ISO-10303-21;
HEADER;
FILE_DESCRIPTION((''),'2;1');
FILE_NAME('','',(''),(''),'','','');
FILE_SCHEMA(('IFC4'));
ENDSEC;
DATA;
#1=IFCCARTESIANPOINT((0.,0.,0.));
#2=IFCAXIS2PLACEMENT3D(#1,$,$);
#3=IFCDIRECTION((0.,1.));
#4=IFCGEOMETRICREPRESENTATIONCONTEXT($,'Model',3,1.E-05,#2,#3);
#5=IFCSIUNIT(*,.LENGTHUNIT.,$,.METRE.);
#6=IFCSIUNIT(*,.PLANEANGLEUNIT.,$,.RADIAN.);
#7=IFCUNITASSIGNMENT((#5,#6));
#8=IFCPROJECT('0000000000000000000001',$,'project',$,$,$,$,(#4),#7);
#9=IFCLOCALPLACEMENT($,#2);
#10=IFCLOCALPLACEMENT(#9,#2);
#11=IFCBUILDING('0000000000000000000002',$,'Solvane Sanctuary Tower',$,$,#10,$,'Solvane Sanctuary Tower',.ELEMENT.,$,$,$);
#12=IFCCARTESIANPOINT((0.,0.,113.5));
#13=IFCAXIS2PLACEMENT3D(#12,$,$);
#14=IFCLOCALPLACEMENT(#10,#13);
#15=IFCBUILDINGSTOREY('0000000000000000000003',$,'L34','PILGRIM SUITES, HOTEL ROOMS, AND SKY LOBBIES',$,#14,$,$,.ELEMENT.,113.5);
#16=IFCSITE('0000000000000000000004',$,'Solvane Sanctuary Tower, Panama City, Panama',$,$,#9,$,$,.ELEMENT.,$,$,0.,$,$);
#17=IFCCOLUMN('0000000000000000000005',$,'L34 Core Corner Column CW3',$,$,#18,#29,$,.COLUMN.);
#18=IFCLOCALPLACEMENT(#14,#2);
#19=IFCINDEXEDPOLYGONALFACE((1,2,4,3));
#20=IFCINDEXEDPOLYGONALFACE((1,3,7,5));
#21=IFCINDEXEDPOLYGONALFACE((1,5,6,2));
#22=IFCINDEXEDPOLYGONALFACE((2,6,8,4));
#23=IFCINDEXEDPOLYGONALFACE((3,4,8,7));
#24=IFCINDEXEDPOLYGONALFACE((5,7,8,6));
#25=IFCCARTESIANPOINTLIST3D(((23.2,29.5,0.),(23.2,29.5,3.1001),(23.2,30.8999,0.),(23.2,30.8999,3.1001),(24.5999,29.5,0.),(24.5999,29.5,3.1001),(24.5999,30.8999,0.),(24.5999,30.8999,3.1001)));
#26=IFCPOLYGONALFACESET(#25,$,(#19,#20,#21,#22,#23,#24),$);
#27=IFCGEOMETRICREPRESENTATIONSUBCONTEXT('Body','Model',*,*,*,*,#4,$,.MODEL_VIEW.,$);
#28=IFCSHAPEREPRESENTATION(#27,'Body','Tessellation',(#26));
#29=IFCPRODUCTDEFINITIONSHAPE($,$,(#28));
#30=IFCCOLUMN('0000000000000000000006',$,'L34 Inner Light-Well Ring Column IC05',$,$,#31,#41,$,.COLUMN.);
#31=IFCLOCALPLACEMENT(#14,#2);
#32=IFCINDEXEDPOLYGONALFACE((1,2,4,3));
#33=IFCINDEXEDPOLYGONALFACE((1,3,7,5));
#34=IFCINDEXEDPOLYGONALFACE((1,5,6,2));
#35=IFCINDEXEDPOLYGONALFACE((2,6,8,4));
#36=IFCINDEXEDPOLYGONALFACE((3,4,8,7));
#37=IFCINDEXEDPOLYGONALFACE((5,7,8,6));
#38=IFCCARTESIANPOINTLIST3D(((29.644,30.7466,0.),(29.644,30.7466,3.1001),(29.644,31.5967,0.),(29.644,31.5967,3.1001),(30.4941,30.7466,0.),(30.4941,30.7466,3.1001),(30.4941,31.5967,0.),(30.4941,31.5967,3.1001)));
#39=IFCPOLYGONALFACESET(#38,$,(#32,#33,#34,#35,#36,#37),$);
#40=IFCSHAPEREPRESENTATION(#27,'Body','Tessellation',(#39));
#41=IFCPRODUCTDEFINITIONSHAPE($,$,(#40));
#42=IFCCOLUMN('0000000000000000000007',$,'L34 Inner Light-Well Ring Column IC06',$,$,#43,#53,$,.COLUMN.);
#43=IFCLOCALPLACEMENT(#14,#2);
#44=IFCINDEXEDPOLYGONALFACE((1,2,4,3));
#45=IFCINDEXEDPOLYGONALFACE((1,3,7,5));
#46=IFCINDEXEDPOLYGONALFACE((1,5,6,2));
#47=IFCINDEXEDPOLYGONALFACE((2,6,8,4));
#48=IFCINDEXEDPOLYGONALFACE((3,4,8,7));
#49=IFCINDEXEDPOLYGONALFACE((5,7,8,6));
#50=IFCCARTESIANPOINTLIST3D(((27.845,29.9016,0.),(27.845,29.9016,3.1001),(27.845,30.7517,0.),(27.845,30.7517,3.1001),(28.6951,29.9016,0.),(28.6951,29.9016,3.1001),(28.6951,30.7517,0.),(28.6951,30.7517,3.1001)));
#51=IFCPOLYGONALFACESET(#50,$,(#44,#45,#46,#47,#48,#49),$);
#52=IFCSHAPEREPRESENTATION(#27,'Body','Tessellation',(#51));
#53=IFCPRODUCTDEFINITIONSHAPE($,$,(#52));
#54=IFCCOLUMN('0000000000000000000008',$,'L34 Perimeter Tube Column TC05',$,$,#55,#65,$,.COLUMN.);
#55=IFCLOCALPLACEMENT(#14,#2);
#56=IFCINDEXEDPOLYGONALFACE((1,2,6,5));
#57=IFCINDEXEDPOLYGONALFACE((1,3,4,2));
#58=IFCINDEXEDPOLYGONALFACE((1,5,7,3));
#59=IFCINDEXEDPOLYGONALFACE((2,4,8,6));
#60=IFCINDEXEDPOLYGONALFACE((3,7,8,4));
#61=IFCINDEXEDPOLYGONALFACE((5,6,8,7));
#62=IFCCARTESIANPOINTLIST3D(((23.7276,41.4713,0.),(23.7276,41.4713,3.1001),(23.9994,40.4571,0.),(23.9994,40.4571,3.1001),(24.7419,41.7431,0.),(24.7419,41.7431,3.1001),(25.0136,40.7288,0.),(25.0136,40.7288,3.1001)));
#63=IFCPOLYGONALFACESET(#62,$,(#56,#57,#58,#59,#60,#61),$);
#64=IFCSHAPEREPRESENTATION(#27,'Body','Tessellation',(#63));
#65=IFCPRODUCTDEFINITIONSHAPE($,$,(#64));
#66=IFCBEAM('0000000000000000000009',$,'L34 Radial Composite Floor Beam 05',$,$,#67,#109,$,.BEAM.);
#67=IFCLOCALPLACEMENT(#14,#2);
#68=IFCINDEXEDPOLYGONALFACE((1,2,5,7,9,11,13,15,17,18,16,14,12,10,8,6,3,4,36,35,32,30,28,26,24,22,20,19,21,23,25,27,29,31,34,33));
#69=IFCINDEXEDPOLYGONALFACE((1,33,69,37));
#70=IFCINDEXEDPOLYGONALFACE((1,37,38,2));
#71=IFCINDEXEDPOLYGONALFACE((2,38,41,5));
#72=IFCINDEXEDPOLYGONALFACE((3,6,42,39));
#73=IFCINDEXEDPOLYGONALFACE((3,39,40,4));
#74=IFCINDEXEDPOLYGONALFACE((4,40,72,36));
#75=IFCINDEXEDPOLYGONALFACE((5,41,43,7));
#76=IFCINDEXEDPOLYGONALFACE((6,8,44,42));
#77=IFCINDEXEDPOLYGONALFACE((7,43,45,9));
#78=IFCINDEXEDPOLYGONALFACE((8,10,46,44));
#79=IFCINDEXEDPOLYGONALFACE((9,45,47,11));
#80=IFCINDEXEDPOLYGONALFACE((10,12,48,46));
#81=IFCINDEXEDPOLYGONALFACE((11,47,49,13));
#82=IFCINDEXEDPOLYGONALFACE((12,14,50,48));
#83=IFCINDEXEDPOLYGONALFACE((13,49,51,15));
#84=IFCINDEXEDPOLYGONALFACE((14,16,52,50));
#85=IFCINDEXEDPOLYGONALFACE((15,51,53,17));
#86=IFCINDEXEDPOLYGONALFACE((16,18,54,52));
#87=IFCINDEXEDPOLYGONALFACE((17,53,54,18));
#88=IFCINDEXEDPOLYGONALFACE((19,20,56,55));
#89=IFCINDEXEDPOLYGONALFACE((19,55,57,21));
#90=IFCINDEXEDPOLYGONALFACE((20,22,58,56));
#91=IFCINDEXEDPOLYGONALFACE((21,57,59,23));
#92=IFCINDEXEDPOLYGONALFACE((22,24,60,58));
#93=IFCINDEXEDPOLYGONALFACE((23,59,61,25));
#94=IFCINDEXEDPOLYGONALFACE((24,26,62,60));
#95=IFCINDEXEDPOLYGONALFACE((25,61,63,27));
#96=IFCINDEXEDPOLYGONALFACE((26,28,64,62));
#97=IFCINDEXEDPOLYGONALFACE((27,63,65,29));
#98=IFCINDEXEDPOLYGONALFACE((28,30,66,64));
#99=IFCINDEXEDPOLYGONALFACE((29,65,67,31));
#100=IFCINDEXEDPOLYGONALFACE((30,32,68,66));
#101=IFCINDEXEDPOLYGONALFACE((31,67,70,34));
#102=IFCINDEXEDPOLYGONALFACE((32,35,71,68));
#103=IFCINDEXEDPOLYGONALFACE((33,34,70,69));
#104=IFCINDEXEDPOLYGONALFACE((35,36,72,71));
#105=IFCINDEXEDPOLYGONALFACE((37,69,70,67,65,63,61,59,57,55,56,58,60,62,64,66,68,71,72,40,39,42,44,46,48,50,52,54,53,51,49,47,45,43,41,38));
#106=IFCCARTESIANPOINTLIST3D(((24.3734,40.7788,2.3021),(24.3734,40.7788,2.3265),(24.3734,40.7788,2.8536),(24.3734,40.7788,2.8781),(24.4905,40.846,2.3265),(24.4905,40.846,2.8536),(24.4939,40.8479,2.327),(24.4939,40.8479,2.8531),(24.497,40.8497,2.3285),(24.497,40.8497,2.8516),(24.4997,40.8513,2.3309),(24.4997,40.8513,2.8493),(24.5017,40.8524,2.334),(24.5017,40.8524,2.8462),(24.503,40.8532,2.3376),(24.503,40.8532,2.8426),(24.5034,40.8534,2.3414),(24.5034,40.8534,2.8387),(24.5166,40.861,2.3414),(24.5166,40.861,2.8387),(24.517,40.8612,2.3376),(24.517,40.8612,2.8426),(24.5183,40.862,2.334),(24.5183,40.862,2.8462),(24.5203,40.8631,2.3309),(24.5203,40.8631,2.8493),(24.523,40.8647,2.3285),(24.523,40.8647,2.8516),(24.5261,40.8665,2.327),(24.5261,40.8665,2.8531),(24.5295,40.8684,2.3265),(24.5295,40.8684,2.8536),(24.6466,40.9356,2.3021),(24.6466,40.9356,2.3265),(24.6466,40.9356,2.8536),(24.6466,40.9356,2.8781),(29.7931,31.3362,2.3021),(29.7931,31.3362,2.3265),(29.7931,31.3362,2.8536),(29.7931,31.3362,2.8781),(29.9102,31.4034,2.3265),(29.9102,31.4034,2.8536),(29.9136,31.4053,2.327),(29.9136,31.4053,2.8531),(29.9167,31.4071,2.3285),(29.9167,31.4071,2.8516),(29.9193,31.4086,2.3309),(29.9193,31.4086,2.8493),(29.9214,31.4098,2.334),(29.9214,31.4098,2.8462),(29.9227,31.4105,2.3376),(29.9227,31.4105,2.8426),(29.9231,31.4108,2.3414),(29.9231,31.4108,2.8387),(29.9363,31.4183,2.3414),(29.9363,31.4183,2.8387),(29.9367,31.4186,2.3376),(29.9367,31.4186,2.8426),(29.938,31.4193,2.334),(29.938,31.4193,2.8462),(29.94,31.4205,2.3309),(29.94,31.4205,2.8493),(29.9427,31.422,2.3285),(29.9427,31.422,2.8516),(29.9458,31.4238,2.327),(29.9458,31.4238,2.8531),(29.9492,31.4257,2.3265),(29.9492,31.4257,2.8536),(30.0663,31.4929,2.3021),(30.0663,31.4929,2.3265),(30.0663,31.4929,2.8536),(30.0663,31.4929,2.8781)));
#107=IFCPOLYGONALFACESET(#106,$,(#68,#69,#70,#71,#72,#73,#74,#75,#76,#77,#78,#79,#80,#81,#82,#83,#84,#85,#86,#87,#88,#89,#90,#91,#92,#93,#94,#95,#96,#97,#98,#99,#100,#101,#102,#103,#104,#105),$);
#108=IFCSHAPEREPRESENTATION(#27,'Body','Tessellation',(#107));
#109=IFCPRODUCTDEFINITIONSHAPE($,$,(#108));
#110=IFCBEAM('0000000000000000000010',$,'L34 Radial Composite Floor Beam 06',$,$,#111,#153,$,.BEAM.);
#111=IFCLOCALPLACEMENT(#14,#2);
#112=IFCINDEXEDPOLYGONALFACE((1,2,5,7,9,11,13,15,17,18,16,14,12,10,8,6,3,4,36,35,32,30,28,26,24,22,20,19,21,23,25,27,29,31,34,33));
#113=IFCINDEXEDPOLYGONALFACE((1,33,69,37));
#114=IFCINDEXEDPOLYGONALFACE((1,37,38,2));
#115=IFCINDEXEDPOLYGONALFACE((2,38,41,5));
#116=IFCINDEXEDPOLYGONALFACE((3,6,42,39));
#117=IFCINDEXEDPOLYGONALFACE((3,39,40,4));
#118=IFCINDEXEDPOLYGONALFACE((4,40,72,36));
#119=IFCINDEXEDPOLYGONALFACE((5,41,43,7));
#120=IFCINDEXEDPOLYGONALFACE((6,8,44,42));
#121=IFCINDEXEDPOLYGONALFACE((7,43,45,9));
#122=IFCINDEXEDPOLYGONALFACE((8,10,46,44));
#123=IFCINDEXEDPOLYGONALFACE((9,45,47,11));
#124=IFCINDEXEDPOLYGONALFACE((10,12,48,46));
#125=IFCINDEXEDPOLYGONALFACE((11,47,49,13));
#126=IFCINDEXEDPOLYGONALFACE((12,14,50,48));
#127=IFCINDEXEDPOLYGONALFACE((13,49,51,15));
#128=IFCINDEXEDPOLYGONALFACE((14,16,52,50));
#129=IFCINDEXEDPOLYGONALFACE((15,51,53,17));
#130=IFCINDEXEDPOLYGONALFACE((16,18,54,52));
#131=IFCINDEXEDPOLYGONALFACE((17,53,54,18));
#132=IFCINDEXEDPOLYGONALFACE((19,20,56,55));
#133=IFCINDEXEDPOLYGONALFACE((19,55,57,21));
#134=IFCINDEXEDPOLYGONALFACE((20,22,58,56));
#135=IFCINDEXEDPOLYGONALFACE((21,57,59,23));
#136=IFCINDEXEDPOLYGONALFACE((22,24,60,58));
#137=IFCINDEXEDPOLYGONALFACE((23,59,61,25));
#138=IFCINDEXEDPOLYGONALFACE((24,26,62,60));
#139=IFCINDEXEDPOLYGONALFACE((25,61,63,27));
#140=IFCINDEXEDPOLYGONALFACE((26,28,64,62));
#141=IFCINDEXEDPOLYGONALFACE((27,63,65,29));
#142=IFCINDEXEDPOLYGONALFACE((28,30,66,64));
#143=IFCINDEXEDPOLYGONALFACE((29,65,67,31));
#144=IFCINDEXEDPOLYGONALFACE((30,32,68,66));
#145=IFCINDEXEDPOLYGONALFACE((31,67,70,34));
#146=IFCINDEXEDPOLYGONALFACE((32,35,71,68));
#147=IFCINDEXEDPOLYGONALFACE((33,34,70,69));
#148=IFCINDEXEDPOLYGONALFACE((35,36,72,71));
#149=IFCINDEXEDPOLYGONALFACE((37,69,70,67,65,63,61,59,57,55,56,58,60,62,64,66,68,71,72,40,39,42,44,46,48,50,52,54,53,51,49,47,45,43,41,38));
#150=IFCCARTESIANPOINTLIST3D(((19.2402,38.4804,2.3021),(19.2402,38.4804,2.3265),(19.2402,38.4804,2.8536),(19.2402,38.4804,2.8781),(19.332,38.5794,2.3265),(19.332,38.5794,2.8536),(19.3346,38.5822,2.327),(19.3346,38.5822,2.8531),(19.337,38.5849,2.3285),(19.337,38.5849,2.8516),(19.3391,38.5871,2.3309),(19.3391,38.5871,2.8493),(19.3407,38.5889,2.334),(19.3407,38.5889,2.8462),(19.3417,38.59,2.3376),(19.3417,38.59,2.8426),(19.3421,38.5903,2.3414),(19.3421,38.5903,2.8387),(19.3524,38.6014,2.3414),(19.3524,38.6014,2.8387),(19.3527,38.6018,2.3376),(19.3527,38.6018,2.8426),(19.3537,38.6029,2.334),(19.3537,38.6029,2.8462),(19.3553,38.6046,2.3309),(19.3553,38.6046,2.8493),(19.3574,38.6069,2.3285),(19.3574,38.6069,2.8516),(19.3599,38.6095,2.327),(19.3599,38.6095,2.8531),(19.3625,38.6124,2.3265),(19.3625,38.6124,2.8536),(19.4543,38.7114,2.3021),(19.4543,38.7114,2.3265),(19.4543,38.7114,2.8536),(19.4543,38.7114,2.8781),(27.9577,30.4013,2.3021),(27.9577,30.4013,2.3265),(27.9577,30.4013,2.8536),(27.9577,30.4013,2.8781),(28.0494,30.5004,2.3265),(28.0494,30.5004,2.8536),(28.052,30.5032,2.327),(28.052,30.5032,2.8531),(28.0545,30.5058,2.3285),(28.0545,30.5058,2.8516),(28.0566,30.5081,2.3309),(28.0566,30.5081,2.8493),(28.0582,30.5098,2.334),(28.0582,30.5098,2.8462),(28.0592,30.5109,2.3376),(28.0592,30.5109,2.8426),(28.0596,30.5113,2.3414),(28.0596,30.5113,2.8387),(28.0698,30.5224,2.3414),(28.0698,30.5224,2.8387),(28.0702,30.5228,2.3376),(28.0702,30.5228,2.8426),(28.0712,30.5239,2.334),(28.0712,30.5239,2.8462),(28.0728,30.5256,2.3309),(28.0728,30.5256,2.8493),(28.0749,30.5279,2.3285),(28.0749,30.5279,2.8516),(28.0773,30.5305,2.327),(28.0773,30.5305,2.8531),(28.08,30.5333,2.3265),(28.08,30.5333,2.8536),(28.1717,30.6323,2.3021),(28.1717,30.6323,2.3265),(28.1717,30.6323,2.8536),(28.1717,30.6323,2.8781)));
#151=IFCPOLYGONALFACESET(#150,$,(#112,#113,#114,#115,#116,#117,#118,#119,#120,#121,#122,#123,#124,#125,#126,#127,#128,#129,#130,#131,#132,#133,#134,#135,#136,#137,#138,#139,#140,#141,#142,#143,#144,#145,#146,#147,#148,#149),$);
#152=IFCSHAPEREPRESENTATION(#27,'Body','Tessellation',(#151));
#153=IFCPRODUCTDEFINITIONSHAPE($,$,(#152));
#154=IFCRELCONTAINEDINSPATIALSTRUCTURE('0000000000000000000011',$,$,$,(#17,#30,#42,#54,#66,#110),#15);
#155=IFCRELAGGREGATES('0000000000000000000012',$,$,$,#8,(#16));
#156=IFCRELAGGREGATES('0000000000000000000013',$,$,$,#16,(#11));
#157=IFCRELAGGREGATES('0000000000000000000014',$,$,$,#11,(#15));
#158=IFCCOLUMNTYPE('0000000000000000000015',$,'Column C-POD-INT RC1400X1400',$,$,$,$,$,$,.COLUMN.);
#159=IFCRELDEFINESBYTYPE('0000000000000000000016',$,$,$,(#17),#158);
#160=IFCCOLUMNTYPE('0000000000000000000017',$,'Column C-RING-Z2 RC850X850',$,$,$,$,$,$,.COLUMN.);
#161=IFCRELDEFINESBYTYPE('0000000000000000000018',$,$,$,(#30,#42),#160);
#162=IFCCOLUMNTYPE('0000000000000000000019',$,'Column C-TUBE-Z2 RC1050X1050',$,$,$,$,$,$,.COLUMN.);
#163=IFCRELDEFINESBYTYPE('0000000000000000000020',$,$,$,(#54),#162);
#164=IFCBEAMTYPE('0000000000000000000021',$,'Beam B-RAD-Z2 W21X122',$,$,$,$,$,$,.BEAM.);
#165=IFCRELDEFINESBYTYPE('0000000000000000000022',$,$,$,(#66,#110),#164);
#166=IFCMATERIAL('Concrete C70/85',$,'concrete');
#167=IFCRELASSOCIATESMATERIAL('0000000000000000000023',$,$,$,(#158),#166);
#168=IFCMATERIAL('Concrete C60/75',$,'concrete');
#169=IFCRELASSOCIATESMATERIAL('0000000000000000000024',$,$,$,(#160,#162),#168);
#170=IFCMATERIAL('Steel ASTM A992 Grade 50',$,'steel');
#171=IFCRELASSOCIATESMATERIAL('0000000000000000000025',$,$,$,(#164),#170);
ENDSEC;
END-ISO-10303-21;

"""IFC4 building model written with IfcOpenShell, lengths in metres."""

from ifc_helpers import new_model, si_unit, direction, frame, origin, origin_2d, place, context, subcontext, project, spatial, rectangle, i_section, extrude, material, material_profile, profile_set, type_object, element, save


model = new_model("IFC4")

# Units and contexts
model_context = context("Model", 3, precision=1e-05, world=origin(), true_north=direction((0.0, 1.0)))
body_context = subcontext(model_context, "Body", "Model", "MODEL_VIEW")
ifc_project = project(units=[si_unit("LENGTHUNIT", "METRE"), si_unit("PLANEANGLEUNIT", "RADIAN")], contexts=[model_context])

# Site, building, storey
site_placement = place(None, origin())
site = spatial("IfcSite", under=ifc_project, at=site_placement, Name="Solvane Sanctuary Tower, Panama City, Panama", CompositionType="ELEMENT", RefElevation=0.0)
building_placement = place(site_placement, origin())
building = spatial("IfcBuilding", under=site, at=building_placement, Name="Solvane Sanctuary Tower", LongName="Solvane Sanctuary Tower", CompositionType="ELEMENT")
storey_placement = place(building_placement, frame((0.0, 0.0, 113.5)))
storey = spatial("IfcBuildingStorey", under=building, at=storey_placement, Name="L34", Description="PILGRIM SUITES, HOTEL ROOMS, AND SKY LOBBIES", CompositionType="ELEMENT", Elevation=113.5)

# Columns
ifc_material_1 = material(Name="Concrete C70/85", Category="concrete")
ifc_material_profile_1 = material_profile(ifc_material_1, rectangle(XDim=1.3999, YDim=1.3999, at=origin_2d()), Name="RC1400X1400")
ifc_profile_set_1 = profile_set([ifc_material_profile_1], Name="Concrete C70/85")
column_type_1 = type_object("IfcColumnType", Name="Column C-POD-INT RC1400X1400", PredefinedType="COLUMN", material=ifc_profile_set_1)
column_1_placement = place(storey_placement, frame((23.8999, 30.2, 0.0), z_axis=(0.0, 0.0, 1.0), x_axis=(1.0, 0.0, 0.0)))
element("IfcColumn", 1, at=column_1_placement, inside=storey, type_object=column_type_1, Name="L34 Core Corner Column CW3", PredefinedType="COLUMN", context=body_context, shape_type="SweptSolid", body=[
    extrude(rectangle(XDim=1.3999, YDim=1.3999, at=origin_2d()), origin(), (0.0, 0.0, 1.0), 3.1001),
])
ifc_material_2 = material(Name="Concrete C60/75", Category="concrete")
ifc_material_profile_2 = material_profile(ifc_material_2, rectangle(XDim=0.8501, YDim=0.8501, at=origin_2d()), Name="RC850X850")
ifc_profile_set_2 = profile_set([ifc_material_profile_2], Name="Concrete C60/75")
column_type_2 = type_object("IfcColumnType", Name="Column C-RING-Z2 RC850X850", PredefinedType="COLUMN", material=ifc_profile_set_2)
for number, where, z_axis, x_axis, name in (
    (2, (30.0691, 31.1716, 0.0), (0.0, 0.0, 1.0), (1.0, 0.0, 0.0), "L34 Inner Light-Well Ring Column IC05"),
    (3, (28.27, 30.3267, 0.0), (0.0, 0.0, 1.0), (1.0, 0.0, 0.0), "L34 Inner Light-Well Ring Column IC06"),
):
    element("IfcColumn", number, at=place(storey_placement, frame(where, z_axis=z_axis, x_axis=x_axis)), inside=storey, type_object=column_type_2, Name=name, PredefinedType="COLUMN", context=body_context, shape_type="SweptSolid", body=[
        extrude(rectangle(XDim=0.8501, YDim=0.8501, at=origin_2d()), origin(), (0.0, 0.0, 1.0), 3.1001),
    ])
ifc_material_profile_3 = material_profile(ifc_material_2, rectangle(XDim=1.05, YDim=1.05, at=origin_2d()), Name="RC1050X1050")
ifc_profile_set_3 = profile_set([ifc_material_profile_3], Name="Concrete C60/75")
column_type_3 = type_object("IfcColumnType", Name="Column C-TUBE-Z2 RC1050X1050", PredefinedType="COLUMN", material=ifc_profile_set_3)
column_2_placement = place(storey_placement, frame((24.3706, 41.1001, 0.0), z_axis=(0.0, 0.0, 1.0), x_axis=(-0.258819, 0.965926, 0.0)))
element("IfcColumn", 4, at=column_2_placement, inside=storey, type_object=column_type_3, Name="L34 Perimeter Tube Column TC05", PredefinedType="COLUMN", context=body_context, shape_type="SweptSolid", body=[
    extrude(rectangle(XDim=1.05, YDim=1.05, at=origin_2d()), origin(), (0.0, 0.0, 1.0), 3.1001),
])

# Beams
ifc_material_3 = material(Name="Steel ASTM A992 Grade 50", Category="steel")
ifc_material_profile_4 = material_profile(ifc_material_3, i_section(OverallWidth=0.3149, OverallDepth=0.5759, WebThickness=0.0151, FlangeThickness=0.0244, FilletRadius=0.0149, at=origin_2d()), Name="W21X122")
ifc_profile_set_4 = profile_set([ifc_material_profile_4], Name="Steel ASTM A992 Grade 50")
beam_type_1 = type_object("IfcBeamType", Name="Beam B-RAD-Z2 W21X122", PredefinedType="BEAM", material=ifc_profile_set_4)
beam_1_placement = place(storey_placement, frame((29.9297, 31.4146, 2.5901), z_axis=(-0.497792, 0.867296, 0.0), x_axis=(-0.867296, -0.497792, 0.0)))
element("IfcBeam", 5, at=beam_1_placement, inside=storey, type_object=beam_type_1, Name="L34 Radial Composite Floor Beam 05", PredefinedType="BEAM", context=body_context, shape_type="SweptSolid", body=[
    extrude(i_section(OverallWidth=0.3149, OverallDepth=0.5759, WebThickness=0.0151, FlangeThickness=0.0244, FilletRadius=0.0149, at=origin_2d()), origin(), (0.0, 0.0, 1.0), 10.8875),
])
beam_2_placement = place(storey_placement, frame((28.0647, 30.5168, 2.5901), z_axis=(-0.733454, 0.679739, 0.0), x_axis=(-0.679739, -0.733454, 0.0)))
element("IfcBeam", 6, at=beam_2_placement, inside=storey, type_object=beam_type_1, Name="L34 Radial Composite Floor Beam 06", PredefinedType="BEAM", context=body_context, shape_type="SweptSolid", body=[
    extrude(i_section(OverallWidth=0.3149, OverallDepth=0.5759, WebThickness=0.0151, FlangeThickness=0.0244, FilletRadius=0.0149, at=origin_2d()), origin(), (0.0, 0.0, 1.0), 11.8855),
])

save(model, "model.ifc")
